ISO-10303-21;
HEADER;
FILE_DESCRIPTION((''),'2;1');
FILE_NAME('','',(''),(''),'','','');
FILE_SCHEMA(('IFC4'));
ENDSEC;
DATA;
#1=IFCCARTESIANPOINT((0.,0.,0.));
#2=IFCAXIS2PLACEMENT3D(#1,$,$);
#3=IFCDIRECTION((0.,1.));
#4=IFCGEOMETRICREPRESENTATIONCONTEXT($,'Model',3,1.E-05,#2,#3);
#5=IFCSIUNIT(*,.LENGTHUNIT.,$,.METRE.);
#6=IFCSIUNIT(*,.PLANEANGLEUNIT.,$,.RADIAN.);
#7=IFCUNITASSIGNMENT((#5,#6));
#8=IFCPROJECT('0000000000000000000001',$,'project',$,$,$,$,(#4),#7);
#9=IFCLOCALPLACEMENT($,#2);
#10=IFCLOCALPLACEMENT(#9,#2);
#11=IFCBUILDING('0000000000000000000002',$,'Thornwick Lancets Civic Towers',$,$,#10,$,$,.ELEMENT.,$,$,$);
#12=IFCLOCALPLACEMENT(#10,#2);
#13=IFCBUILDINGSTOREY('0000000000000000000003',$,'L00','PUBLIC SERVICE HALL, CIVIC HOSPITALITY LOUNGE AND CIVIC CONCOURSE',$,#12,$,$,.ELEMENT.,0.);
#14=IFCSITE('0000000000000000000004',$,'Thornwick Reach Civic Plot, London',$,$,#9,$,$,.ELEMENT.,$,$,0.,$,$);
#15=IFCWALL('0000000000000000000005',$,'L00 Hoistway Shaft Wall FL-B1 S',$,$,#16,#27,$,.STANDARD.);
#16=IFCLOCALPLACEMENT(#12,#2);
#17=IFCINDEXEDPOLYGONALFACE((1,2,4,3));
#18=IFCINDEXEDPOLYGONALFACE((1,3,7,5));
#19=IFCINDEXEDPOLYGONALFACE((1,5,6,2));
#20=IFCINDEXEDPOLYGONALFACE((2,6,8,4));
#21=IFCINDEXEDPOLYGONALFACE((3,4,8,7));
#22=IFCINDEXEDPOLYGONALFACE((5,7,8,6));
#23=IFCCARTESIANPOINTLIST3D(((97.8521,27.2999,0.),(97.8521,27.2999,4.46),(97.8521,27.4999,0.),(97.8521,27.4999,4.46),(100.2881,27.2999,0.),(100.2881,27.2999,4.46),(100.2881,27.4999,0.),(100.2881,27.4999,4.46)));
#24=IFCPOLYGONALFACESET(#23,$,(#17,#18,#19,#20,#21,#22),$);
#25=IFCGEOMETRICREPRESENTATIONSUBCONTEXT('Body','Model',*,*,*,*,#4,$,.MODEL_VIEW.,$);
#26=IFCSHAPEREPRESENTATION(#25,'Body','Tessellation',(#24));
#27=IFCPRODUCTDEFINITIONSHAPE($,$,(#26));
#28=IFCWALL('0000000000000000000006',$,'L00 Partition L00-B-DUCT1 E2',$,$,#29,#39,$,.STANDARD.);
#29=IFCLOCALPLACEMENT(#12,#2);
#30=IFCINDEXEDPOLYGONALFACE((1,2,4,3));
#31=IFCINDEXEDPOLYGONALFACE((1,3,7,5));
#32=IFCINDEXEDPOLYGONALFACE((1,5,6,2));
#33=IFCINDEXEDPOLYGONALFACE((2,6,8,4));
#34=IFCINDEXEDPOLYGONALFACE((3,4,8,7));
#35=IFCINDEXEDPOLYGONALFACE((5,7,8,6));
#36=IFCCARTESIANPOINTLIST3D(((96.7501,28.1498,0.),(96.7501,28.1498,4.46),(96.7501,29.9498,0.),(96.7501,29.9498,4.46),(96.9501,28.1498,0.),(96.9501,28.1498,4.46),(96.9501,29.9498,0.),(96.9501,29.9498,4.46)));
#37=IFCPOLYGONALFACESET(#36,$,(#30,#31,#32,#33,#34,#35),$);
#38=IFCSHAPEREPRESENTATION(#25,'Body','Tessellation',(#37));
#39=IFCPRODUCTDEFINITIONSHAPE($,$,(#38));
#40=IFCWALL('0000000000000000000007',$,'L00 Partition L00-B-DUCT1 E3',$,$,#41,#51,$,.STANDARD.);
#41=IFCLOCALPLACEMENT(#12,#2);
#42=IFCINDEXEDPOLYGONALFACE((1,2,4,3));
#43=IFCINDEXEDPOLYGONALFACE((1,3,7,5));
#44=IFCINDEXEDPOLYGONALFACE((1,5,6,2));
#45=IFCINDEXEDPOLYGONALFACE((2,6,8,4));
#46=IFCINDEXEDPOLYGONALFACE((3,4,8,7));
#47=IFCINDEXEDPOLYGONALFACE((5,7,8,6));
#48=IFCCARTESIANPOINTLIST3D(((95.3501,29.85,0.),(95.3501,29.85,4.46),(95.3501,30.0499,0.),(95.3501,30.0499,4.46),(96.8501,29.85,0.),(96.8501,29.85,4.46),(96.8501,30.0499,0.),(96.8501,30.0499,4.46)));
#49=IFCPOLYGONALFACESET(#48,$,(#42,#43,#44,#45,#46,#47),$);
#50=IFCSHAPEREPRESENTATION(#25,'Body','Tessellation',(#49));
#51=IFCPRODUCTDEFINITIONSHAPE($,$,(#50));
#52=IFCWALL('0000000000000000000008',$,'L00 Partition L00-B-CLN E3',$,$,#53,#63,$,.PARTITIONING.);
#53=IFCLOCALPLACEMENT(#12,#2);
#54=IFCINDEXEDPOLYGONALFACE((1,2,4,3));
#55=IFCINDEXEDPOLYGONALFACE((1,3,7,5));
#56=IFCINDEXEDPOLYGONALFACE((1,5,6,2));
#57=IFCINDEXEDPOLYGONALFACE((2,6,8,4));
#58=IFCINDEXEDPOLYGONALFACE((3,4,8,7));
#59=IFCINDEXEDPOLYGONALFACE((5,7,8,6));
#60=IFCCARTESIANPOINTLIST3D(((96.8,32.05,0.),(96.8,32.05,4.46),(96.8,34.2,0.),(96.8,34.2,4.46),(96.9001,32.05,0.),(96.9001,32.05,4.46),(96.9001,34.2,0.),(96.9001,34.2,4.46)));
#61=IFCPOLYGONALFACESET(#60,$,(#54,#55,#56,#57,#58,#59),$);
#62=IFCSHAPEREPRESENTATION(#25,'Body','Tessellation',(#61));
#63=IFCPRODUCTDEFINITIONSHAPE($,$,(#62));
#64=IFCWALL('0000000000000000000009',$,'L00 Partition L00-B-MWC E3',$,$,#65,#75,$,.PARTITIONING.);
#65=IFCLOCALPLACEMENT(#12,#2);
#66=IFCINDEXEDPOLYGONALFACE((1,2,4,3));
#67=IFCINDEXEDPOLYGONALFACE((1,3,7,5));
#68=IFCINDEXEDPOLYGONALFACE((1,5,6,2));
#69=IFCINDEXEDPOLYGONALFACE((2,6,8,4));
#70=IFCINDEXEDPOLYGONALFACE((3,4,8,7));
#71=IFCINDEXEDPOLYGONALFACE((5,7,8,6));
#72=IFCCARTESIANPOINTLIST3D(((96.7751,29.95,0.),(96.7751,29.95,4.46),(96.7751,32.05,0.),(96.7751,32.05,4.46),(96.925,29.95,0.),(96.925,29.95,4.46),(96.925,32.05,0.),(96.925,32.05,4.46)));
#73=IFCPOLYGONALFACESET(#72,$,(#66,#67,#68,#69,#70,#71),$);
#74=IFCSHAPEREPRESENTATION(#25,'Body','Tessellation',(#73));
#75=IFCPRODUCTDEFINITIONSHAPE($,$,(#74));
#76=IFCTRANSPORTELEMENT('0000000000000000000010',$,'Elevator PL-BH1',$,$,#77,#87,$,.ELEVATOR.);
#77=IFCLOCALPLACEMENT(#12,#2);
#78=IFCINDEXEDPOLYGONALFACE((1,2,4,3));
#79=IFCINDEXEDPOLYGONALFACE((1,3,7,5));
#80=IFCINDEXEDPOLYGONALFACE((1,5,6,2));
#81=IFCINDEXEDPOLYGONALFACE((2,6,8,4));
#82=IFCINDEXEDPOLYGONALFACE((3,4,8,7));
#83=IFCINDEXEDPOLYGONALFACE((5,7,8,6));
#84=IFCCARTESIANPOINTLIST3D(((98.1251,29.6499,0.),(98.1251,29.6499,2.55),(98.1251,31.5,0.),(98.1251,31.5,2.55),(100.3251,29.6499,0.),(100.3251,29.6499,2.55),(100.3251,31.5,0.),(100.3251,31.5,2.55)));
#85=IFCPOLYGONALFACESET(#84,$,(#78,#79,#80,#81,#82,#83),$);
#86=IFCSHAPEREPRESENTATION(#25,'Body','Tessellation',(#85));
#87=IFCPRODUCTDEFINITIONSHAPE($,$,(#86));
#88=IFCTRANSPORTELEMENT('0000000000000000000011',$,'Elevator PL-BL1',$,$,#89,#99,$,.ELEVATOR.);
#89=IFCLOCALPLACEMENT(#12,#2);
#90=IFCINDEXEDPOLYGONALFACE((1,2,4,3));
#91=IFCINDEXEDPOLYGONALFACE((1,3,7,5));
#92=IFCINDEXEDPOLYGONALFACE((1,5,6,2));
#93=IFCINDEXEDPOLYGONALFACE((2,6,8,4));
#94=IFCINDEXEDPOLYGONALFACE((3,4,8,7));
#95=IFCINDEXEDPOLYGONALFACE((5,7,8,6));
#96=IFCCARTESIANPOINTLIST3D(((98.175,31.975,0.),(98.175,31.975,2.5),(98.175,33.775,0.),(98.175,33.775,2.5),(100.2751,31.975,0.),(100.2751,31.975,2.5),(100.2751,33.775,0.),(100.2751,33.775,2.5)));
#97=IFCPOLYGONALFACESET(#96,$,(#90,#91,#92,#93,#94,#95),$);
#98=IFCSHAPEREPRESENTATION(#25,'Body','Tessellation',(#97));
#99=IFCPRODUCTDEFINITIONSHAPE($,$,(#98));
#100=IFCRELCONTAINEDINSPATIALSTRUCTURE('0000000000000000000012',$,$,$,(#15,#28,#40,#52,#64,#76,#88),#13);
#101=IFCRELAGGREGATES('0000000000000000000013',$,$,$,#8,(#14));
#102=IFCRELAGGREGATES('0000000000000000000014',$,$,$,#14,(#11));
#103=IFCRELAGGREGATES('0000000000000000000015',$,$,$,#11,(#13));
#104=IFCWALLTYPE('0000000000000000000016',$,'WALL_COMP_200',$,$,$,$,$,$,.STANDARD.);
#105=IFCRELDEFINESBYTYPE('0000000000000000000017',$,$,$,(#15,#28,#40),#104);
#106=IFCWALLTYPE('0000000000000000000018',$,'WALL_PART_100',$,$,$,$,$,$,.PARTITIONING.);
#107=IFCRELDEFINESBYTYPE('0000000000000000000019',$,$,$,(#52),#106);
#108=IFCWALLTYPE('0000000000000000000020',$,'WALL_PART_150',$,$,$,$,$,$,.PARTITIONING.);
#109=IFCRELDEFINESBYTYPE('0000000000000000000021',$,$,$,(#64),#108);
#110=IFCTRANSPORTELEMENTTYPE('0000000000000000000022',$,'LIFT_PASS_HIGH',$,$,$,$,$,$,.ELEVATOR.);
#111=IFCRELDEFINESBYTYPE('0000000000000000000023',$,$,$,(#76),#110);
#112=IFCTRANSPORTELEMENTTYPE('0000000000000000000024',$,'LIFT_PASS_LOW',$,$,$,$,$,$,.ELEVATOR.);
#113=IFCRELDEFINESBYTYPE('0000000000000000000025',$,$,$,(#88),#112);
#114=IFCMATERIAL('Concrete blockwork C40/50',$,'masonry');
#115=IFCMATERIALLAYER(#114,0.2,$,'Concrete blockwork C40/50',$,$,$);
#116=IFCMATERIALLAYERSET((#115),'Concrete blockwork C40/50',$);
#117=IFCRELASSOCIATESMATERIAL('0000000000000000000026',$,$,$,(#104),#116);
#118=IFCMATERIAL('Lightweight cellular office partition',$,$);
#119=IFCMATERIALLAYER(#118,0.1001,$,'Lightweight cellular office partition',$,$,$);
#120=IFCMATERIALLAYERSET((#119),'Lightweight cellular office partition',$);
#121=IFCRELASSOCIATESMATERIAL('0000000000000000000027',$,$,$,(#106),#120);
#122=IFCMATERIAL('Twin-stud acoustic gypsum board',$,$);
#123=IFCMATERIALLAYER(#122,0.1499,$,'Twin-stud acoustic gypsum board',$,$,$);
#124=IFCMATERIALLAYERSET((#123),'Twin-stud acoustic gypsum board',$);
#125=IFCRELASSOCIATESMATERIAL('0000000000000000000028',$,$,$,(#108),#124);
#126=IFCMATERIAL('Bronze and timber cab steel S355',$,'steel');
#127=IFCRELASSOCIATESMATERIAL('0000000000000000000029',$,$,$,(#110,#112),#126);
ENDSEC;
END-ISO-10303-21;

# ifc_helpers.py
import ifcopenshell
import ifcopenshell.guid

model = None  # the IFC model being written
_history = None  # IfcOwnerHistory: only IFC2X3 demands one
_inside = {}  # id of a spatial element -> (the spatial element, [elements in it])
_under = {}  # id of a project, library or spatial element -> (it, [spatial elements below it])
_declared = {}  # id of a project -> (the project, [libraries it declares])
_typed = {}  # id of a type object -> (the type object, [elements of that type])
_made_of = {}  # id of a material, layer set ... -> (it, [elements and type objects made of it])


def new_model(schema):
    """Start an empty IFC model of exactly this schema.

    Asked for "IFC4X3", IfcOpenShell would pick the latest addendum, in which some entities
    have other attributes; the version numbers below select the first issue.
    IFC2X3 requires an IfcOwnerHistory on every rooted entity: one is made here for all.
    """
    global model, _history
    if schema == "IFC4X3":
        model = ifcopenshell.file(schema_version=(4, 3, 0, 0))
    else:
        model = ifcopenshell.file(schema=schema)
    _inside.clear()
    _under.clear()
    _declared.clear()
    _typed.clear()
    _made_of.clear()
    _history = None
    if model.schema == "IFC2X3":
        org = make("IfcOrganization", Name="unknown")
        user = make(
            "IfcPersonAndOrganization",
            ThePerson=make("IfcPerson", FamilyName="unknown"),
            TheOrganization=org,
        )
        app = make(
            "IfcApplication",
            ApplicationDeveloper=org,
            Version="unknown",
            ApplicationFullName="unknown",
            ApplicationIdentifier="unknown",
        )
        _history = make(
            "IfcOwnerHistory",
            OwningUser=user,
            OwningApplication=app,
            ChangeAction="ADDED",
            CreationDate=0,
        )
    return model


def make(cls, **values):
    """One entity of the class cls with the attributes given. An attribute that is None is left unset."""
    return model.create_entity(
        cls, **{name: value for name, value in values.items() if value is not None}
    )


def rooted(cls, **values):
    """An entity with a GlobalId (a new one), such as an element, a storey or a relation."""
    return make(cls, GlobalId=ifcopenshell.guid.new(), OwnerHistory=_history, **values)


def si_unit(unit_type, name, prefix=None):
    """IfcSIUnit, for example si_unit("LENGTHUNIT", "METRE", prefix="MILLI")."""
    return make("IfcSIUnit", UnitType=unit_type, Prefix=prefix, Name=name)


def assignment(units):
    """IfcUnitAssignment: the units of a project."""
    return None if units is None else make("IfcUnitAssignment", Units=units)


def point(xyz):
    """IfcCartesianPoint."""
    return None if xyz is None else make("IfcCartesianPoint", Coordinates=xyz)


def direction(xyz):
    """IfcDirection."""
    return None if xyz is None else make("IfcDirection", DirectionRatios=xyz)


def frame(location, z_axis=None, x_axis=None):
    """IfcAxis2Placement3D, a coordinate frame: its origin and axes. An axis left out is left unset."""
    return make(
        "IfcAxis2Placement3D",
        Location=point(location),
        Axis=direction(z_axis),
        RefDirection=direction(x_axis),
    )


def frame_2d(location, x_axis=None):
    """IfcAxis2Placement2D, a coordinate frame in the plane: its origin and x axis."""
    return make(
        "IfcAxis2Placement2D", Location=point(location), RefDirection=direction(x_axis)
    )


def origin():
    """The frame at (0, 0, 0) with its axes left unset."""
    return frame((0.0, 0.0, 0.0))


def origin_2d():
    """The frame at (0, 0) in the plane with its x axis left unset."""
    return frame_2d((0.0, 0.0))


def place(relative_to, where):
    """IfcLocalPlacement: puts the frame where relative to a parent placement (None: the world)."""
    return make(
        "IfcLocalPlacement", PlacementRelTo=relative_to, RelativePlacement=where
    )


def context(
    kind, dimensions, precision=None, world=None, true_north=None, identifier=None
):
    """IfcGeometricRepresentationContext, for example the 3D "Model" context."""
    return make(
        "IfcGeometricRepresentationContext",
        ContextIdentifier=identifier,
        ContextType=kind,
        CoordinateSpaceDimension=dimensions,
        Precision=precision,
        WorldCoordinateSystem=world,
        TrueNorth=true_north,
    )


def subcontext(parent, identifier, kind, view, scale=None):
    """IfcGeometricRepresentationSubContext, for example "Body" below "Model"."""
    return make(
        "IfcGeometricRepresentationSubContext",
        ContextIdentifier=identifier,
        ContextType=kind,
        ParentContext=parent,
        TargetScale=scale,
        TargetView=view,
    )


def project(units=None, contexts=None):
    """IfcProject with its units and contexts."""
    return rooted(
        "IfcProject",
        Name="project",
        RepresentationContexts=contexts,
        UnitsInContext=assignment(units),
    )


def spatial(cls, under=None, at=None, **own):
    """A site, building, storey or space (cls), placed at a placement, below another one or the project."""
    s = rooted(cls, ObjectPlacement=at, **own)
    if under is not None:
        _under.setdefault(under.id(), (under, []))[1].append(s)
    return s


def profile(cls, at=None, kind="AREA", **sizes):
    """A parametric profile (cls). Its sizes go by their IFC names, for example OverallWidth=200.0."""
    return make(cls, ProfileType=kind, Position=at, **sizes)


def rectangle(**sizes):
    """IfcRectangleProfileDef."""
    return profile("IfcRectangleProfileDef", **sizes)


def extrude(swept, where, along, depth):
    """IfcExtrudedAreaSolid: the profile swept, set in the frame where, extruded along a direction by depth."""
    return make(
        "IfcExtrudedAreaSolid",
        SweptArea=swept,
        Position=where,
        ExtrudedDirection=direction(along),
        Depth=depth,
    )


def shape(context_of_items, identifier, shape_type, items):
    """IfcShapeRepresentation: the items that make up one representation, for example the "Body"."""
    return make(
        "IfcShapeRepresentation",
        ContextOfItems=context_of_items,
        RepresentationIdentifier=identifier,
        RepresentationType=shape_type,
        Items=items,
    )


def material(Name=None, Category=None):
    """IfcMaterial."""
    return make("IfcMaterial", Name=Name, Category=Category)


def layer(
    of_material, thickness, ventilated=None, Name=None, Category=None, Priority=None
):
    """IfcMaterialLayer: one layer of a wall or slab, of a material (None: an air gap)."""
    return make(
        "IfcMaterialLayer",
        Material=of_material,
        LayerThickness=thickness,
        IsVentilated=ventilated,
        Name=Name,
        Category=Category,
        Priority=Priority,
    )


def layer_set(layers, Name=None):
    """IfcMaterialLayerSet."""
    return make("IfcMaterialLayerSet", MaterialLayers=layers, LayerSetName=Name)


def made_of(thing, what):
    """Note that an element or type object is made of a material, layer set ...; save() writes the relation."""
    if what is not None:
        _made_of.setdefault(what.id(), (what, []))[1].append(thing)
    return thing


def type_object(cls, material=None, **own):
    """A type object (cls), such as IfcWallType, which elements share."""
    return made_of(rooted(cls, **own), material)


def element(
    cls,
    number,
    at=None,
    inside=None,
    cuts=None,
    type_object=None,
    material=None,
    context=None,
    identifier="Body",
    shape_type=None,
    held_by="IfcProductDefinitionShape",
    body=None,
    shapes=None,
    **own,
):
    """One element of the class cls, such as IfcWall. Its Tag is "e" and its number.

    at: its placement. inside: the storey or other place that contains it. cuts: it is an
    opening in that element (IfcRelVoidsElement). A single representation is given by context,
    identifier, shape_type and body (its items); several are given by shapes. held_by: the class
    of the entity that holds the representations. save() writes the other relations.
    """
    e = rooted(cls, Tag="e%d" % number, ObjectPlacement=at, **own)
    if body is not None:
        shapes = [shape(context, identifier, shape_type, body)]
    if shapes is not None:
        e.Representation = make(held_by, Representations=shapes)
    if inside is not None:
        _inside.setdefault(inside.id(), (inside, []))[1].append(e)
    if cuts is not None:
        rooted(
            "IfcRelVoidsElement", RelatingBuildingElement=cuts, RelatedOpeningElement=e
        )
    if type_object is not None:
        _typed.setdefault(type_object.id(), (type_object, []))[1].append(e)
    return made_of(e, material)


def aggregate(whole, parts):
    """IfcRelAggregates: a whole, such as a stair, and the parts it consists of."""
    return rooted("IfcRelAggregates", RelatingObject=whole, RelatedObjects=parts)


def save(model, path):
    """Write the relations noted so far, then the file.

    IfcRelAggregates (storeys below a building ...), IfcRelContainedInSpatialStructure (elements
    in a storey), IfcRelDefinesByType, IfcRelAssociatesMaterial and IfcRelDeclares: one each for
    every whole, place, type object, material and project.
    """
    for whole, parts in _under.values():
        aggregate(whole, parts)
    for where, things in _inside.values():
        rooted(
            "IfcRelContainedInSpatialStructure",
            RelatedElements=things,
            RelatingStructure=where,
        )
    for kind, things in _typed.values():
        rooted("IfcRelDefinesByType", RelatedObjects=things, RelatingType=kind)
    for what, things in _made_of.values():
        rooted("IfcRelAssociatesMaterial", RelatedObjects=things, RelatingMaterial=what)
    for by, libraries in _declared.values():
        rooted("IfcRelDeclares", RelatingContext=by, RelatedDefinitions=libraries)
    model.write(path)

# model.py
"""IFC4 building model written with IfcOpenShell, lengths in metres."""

from ifc_helpers import new_model, si_unit, direction, frame, frame_2d, origin, origin_2d, place, context, subcontext, project, spatial, rectangle, extrude, material, layer, layer_set, type_object, element, save


model = new_model("IFC4")

# Units and contexts
model_context = context("Model", 3, precision=1e-05, world=origin(), true_north=direction((0.0, 1.0)))
body_context = subcontext(model_context, "Body", "Model", "MODEL_VIEW")
ifc_project = project(units=[si_unit("LENGTHUNIT", "METRE"), si_unit("PLANEANGLEUNIT", "RADIAN")], contexts=[model_context])

# Site, building, storey
site_placement = place(None, origin())
site = spatial("IfcSite", under=ifc_project, at=site_placement, Name="Thornwick Reach Civic Plot, London", CompositionType="ELEMENT", RefElevation=0.0)
building_placement = place(site_placement, origin())
building = spatial("IfcBuilding", under=site, at=building_placement, Name="Thornwick Lancets Civic Towers", CompositionType="ELEMENT")
storey_placement = place(building_placement, origin())
storey = spatial("IfcBuildingStorey", under=building, at=storey_placement, Name="L00", Description="PUBLIC SERVICE HALL, CIVIC HOSPITALITY LOUNGE AND CIVIC CONCOURSE", CompositionType="ELEMENT", Elevation=0.0)

# Shared definitions
ifc_material_1 = material(Name="Concrete blockwork C40/50", Category="masonry")
ifc_layer_1 = layer(ifc_material_1, 0.2, Name="Concrete blockwork C40/50")
ifc_layer_set_1 = layer_set([ifc_layer_1], Name="Concrete blockwork C40/50")
wall_type_1 = type_object("IfcWallType", Name="WALL_COMP_200", PredefinedType="STANDARD", material=ifc_layer_set_1)

# Walls
for number, where, z_axis, x_axis, name in (
    (1, (97.8521, 27.3999, 0.0), (0.0, 0.0, 1.0), (1.0, 0.0, 0.0), "L00 Hoistway Shaft Wall FL-B1 S"),
):
    element("IfcWall", number, at=place(storey_placement, frame(where, z_axis=z_axis, x_axis=x_axis)), inside=storey, type_object=wall_type_1, Name=name, PredefinedType="STANDARD", context=body_context, shape_type="SweptSolid", body=[
        extrude(rectangle(XDim=2.436, YDim=0.2, at=frame_2d((1.218, 0.0))), origin(), (0.0, 0.0, 1.0), 4.46),
    ])
wall_1_placement = place(storey_placement, frame((96.8501, 28.1499, 0.0), z_axis=(0.0, 0.0, 1.0), x_axis=(0.0, 1.0, 0.0)))
element("IfcWall", 2, at=wall_1_placement, inside=storey, type_object=wall_type_1, Name="L00 Partition L00-B-DUCT1 E2", PredefinedType="STANDARD", context=body_context, shape_type="SweptSolid", body=[
    extrude(rectangle(XDim=1.8, YDim=0.2, at=frame_2d((0.8999, 0.0))), origin(), (0.0, 0.0, 1.0), 4.46),
])
wall_2_placement = place(storey_placement, frame((96.8501, 29.95, 0.0), z_axis=(0.0, 0.0, 1.0), x_axis=(-1.0, 0.0, 0.0)))
element("IfcWall", 3, at=wall_2_placement, inside=storey, type_object=wall_type_1, Name="L00 Partition L00-B-DUCT1 E3", PredefinedType="STANDARD", context=body_context, shape_type="SweptSolid", body=[
    extrude(rectangle(XDim=1.5, YDim=0.2, at=frame_2d((0.75, 0.0))), origin(), (0.0, 0.0, 1.0), 4.46),
])
ifc_material_2 = material(Name="Lightweight cellular office partition")
ifc_layer_2 = layer(ifc_material_2, 0.1001, Name="Lightweight cellular office partition")
ifc_layer_set_2 = layer_set([ifc_layer_2], Name="Lightweight cellular office partition")
wall_type_2 = type_object("IfcWallType", Name="WALL_PART_100", PredefinedType="PARTITIONING", material=ifc_layer_set_2)
wall_3_placement = place(storey_placement, frame((96.8501, 34.2, 0.0), z_axis=(0.0, 0.0, 1.0), x_axis=(0.0, -1.0, 0.0)))
element("IfcWall", 4, at=wall_3_placement, inside=storey, type_object=wall_type_2, Name="L00 Partition L00-B-CLN E3", PredefinedType="PARTITIONING", context=body_context, shape_type="SweptSolid", body=[
    extrude(rectangle(XDim=2.1499, YDim=0.1001, at=frame_2d((1.075, 0.0))), origin(), (0.0, 0.0, 1.0), 4.46),
])
ifc_material_3 = material(Name="Twin-stud acoustic gypsum board")
ifc_layer_3 = layer(ifc_material_3, 0.1499, Name="Twin-stud acoustic gypsum board")
ifc_layer_set_3 = layer_set([ifc_layer_3], Name="Twin-stud acoustic gypsum board")
wall_type_3 = type_object("IfcWallType", Name="WALL_PART_150", PredefinedType="PARTITIONING", material=ifc_layer_set_3)
wall_4_placement = place(storey_placement, frame((96.8501, 32.05, 0.0), z_axis=(0.0, 0.0, 1.0), x_axis=(0.0, -1.0, 0.0)))
element("IfcWall", 5, at=wall_4_placement, inside=storey, type_object=wall_type_3, Name="L00 Partition L00-B-MWC E3", PredefinedType="PARTITIONING", context=body_context, shape_type="SweptSolid", body=[
    extrude(rectangle(XDim=2.1001, YDim=0.1499, at=frame_2d((1.05, 0.0))), origin(), (0.0, 0.0, 1.0), 4.46),
])

# Transport elements
ifc_material_4 = material(Name="Bronze and timber cab steel S355", Category="steel")
transport_element_type_1 = type_object("IfcTransportElementType", Name="LIFT_PASS_HIGH", PredefinedType="ELEVATOR", material=ifc_material_4)
transport_element_1_placement = place(storey_placement, frame((99.2251, 30.575, 0.0), z_axis=(0.0, 0.0, 1.0), x_axis=(1.0, 0.0, 0.0)))
element("IfcTransportElement", 6, at=transport_element_1_placement, inside=storey, type_object=transport_element_type_1, Name="Elevator PL-BH1", PredefinedType="ELEVATOR", context=body_context, shape_type="SweptSolid", body=[
    extrude(rectangle(XDim=2.2, YDim=1.8501, at=origin_2d()), origin(), (0.0, 0.0, 1.0), 2.55),
])
transport_element_type_2 = type_object("IfcTransportElementType", Name="LIFT_PASS_LOW", PredefinedType="ELEVATOR", material=ifc_material_4)
transport_element_2_placement = place(storey_placement, frame((99.2251, 32.875, 0.0), z_axis=(0.0, 0.0, 1.0), x_axis=(1.0, 0.0, 0.0)))
element("IfcTransportElement", 7, at=transport_element_2_placement, inside=storey, type_object=transport_element_type_2, Name="Elevator PL-BL1", PredefinedType="ELEVATOR", context=body_context, shape_type="SweptSolid", body=[
    extrude(rectangle(XDim=2.1001, YDim=1.8, at=origin_2d()), origin(), (0.0, 0.0, 1.0), 2.5),
])

save(model, "model.ifc")
